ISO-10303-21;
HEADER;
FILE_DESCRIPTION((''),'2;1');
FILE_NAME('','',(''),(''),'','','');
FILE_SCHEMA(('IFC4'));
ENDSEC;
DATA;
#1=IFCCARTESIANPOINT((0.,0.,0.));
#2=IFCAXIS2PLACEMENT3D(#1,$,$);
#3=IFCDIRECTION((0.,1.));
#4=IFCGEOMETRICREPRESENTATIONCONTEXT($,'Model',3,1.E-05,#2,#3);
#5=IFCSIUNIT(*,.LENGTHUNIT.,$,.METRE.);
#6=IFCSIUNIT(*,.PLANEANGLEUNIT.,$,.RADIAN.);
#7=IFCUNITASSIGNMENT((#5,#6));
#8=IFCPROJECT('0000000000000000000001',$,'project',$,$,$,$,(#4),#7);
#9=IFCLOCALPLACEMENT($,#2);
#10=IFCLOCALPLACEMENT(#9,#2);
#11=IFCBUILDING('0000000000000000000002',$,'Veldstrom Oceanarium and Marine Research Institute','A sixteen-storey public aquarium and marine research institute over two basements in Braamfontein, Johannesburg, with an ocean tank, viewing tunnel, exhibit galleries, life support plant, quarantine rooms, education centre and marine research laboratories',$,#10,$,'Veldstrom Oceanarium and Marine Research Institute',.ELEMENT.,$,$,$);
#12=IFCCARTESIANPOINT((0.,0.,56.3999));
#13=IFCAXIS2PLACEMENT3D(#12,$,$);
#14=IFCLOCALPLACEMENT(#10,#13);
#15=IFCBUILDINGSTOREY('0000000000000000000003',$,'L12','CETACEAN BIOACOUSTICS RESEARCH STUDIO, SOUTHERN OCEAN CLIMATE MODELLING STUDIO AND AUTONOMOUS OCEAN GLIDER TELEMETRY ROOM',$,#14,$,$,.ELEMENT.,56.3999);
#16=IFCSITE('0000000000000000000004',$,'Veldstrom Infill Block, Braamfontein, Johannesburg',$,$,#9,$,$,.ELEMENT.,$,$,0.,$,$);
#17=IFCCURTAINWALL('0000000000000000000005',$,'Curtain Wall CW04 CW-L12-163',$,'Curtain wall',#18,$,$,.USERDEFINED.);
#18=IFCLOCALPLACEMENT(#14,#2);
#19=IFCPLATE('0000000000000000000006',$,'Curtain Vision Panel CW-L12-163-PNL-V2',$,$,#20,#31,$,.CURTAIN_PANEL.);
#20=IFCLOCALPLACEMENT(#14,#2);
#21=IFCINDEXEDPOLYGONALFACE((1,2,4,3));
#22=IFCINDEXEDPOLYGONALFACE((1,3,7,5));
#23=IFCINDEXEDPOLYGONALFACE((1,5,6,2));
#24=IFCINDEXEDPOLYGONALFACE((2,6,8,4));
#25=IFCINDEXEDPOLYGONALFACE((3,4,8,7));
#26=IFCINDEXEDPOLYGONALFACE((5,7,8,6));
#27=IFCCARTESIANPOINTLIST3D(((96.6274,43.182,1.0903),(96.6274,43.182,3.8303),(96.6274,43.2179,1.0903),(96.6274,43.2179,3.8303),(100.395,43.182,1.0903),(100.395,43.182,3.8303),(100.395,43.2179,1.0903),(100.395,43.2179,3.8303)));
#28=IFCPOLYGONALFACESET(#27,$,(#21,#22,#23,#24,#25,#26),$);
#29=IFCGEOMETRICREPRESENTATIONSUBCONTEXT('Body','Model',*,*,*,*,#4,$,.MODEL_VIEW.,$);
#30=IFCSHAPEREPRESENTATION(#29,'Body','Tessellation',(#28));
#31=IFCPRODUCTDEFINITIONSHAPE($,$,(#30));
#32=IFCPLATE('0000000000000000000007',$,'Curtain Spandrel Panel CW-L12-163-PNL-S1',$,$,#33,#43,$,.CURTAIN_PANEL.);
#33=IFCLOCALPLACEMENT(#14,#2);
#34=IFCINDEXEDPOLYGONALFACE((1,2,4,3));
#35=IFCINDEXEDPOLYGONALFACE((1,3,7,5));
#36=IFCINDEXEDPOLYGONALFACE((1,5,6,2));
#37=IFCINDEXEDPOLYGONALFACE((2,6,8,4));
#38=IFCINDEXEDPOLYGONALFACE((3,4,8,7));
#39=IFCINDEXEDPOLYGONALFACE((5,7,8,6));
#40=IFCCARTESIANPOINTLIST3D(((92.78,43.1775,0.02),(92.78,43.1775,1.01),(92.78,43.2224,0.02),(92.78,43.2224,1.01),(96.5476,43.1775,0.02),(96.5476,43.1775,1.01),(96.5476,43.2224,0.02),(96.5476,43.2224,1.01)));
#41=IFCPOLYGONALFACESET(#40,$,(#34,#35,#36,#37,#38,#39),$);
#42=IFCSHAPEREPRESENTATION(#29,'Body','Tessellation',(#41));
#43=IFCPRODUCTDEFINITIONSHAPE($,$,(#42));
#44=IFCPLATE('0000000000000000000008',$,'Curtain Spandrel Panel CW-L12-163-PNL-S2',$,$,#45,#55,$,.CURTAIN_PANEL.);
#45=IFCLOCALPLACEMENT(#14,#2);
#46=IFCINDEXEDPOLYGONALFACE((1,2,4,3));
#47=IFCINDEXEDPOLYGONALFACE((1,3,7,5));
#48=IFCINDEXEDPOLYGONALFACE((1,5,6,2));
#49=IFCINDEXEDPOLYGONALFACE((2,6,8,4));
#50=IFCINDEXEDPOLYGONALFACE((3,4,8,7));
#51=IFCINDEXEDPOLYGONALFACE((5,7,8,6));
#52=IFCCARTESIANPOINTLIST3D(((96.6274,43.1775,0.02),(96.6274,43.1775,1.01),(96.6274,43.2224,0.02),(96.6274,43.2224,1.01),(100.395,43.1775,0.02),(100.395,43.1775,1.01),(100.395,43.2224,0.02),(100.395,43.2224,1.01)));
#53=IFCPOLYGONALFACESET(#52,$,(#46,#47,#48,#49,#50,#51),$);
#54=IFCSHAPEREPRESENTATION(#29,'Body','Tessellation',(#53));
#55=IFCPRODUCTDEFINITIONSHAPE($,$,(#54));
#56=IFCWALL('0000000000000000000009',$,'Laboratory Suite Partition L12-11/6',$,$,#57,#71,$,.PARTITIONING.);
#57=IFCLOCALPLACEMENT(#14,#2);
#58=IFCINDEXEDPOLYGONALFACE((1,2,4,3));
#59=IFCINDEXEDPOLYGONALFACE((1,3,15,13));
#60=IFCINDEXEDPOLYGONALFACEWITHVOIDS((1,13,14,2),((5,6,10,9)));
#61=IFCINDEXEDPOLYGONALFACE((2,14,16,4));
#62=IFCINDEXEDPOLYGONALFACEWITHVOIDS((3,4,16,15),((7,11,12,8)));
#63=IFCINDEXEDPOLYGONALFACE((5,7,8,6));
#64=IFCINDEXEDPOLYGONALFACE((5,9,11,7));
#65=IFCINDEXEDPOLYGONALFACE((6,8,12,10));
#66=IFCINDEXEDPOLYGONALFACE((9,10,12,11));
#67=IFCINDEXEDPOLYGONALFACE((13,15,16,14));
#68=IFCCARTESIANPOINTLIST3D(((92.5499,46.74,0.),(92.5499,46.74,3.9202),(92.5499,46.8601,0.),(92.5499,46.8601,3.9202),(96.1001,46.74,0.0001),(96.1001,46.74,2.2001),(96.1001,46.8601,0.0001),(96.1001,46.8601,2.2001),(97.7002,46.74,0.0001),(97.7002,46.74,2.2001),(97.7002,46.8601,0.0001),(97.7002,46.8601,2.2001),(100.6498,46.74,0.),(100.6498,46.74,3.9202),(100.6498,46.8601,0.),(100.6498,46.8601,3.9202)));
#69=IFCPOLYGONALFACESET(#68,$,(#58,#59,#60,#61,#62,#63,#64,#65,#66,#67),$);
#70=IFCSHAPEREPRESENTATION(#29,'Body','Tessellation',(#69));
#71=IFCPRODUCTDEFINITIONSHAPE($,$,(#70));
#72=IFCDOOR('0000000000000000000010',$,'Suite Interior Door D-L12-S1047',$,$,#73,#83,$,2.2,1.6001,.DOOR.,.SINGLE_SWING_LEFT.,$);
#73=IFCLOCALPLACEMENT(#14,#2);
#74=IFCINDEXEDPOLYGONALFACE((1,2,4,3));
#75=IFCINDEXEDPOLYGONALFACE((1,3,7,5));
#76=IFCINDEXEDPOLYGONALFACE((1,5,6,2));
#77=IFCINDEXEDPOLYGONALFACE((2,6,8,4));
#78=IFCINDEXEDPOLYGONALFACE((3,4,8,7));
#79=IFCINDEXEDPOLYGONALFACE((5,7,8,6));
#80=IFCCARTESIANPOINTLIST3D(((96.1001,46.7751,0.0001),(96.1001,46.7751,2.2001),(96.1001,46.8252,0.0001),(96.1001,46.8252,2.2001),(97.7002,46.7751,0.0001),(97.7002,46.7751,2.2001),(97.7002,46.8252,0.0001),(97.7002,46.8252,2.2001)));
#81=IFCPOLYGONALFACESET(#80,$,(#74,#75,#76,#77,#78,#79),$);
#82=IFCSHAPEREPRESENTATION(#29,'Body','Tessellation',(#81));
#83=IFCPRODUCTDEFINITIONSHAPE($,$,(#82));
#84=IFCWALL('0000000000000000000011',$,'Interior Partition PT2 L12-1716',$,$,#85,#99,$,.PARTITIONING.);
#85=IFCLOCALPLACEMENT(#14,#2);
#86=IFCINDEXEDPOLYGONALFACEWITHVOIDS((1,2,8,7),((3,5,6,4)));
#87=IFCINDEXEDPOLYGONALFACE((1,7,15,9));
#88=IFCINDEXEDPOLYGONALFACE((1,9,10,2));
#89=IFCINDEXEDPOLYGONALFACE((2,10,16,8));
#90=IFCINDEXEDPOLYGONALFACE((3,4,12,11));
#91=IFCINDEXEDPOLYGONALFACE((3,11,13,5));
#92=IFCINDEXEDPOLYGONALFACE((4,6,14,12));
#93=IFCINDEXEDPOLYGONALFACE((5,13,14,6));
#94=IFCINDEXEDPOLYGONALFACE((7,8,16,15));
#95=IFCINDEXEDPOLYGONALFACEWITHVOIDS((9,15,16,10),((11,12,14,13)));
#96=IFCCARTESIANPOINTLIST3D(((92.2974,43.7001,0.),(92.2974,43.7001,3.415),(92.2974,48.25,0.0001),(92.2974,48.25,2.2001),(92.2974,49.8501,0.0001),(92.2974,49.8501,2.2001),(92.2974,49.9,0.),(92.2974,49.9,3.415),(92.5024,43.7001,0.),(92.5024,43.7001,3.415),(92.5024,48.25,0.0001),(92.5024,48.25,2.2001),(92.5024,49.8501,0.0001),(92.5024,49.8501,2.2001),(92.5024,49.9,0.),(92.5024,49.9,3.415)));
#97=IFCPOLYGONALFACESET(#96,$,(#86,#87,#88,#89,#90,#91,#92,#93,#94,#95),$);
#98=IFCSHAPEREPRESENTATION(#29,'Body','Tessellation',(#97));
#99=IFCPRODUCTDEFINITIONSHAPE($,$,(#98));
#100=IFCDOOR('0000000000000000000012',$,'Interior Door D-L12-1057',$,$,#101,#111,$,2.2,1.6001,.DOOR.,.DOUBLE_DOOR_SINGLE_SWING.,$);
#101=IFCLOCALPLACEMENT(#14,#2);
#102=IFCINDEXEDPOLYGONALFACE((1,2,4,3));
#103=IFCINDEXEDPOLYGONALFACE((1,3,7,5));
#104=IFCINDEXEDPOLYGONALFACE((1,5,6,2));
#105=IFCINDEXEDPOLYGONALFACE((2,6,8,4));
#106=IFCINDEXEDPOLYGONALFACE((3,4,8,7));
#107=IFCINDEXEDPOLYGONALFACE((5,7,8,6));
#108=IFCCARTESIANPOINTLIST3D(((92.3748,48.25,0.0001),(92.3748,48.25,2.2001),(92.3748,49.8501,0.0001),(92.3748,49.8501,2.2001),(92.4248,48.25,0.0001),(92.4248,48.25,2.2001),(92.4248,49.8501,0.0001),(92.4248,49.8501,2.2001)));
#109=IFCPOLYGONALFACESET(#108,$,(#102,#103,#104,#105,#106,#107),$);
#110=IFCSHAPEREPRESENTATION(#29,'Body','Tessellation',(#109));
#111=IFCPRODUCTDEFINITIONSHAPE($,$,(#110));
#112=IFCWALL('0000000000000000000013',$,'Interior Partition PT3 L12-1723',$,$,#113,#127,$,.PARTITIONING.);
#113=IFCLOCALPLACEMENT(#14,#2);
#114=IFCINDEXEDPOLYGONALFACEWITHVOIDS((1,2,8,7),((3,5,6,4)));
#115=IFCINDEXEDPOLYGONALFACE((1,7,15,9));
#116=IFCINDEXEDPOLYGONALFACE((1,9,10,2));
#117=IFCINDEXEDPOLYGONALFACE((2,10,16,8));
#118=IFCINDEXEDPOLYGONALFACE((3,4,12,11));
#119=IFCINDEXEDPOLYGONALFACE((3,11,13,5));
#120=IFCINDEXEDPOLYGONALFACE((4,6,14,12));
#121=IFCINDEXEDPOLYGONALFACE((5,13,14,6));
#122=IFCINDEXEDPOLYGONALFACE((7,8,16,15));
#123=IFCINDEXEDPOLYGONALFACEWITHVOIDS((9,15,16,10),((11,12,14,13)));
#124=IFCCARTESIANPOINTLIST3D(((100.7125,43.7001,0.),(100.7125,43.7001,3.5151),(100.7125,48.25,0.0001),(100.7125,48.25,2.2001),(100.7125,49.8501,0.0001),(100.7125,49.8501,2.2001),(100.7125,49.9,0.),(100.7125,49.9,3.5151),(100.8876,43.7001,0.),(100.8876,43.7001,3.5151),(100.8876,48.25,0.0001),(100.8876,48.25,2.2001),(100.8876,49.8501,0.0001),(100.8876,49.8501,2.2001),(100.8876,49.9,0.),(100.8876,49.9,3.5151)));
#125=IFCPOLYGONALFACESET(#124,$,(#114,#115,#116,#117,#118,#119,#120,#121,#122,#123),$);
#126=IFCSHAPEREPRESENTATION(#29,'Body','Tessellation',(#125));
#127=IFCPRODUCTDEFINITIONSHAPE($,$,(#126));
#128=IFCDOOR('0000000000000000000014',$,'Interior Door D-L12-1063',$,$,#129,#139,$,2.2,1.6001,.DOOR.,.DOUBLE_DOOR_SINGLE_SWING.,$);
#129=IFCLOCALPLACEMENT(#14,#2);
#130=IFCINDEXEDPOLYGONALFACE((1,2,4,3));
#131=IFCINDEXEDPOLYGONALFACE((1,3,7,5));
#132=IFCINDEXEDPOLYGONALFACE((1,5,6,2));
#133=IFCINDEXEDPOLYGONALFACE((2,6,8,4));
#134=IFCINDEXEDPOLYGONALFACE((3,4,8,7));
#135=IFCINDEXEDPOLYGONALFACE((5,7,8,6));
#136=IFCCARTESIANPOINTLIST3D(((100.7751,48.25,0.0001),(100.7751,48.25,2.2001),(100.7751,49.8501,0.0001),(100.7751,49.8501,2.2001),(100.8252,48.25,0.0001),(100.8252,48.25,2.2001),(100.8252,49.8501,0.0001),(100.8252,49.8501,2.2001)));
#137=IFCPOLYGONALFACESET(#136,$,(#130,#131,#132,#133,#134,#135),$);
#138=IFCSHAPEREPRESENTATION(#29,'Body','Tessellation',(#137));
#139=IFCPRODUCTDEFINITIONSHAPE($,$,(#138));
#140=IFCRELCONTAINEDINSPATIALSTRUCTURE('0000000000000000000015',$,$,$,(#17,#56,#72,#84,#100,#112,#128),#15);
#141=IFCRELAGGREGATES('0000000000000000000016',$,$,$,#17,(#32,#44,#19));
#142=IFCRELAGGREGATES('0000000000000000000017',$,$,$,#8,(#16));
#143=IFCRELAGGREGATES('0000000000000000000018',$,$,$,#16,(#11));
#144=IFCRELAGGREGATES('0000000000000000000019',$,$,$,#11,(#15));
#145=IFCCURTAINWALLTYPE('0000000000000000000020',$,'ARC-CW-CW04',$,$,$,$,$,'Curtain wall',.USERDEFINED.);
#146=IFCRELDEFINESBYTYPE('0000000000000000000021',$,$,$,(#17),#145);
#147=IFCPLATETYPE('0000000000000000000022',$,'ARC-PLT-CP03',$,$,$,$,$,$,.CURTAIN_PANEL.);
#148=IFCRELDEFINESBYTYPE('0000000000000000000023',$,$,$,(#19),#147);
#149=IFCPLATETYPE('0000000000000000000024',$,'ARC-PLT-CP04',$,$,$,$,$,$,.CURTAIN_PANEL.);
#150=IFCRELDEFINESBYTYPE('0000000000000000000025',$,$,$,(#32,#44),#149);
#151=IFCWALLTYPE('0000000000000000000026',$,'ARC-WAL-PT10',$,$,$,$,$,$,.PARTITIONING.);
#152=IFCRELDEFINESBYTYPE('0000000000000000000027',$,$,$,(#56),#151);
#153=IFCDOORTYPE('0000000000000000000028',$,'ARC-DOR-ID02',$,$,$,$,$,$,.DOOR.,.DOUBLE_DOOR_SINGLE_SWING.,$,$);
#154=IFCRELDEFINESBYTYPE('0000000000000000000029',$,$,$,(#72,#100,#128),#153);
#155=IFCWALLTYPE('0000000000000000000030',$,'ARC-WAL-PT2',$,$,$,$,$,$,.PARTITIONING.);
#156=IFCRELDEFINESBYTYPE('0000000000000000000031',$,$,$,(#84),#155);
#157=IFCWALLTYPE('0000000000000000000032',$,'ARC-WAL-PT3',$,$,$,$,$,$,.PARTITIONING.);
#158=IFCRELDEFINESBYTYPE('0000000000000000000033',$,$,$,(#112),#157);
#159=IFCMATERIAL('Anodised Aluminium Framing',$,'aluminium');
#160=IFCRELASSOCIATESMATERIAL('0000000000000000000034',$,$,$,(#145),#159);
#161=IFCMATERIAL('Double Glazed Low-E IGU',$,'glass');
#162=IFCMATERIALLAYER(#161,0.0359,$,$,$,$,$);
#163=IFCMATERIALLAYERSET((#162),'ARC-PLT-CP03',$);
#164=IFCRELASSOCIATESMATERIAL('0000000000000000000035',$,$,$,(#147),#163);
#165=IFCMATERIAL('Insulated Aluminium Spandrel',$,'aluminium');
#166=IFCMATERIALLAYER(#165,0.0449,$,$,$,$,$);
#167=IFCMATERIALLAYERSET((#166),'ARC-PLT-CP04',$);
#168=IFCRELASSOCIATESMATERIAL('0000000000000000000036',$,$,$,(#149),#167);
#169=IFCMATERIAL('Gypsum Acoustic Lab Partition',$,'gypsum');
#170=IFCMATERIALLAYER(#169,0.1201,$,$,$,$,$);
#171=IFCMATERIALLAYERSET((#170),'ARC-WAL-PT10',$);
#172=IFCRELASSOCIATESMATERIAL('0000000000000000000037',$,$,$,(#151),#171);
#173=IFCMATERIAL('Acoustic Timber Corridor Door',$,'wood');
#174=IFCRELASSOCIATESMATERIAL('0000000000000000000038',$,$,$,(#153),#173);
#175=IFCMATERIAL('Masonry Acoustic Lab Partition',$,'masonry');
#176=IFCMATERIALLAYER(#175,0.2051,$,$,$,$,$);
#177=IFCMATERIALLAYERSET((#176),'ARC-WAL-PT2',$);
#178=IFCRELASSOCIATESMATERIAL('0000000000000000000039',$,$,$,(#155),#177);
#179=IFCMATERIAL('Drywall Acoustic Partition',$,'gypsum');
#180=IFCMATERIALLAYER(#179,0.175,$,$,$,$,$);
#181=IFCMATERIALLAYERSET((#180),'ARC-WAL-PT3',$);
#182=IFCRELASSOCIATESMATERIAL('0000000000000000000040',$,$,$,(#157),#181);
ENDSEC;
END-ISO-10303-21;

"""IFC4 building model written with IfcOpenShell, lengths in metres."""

from ifc_helpers import new_model, si_unit, direction, frame, frame_2d, origin, origin_2d, place, context, subcontext, project, spatial, rectangle, extrude, material, layer, layer_set, type_object, element, fill, aggregate, save


model = new_model("IFC4")

# Units and contexts
model_context = context("Model", 3, precision=1e-05, world=origin(), true_north=direction((0.0, 1.0)))
body_context = subcontext(model_context, "Body", "Model", "MODEL_VIEW")
ifc_project = project(units=[si_unit("LENGTHUNIT", "METRE"), si_unit("PLANEANGLEUNIT", "RADIAN")], contexts=[model_context])

# Site, building, storey
site_placement = place(None, origin())
site = spatial("IfcSite", under=ifc_project, at=site_placement, Name="Veldstrom Infill Block, Braamfontein, Johannesburg", CompositionType="ELEMENT", RefElevation=0.0)
building_placement = place(site_placement, origin())
building = spatial("IfcBuilding", under=site, at=building_placement, Name="Veldstrom Oceanarium and Marine Research Institute", Description="A sixteen-storey public aquarium and marine research institute over two basements in Braamfontein, Johannesburg, with an ocean tank, viewing tunnel, exhibit galleries, life support plant, quarantine rooms, education centre and marine research laboratories", LongName="Veldstrom Oceanarium and Marine Research Institute", CompositionType="ELEMENT")
storey_placement = place(building_placement, frame((0.0, 0.0, 56.3999)))
storey = spatial("IfcBuildingStorey", under=building, at=storey_placement, Name="L12", Description="CETACEAN BIOACOUSTICS RESEARCH STUDIO, SOUTHERN OCEAN CLIMATE MODELLING STUDIO AND AUTONOMOUS OCEAN GLIDER TELEMETRY ROOM", CompositionType="ELEMENT", Elevation=56.3999)

# Curtain wall
ifc_material_1 = material(Name="Anodised Aluminium Framing", Category="aluminium")
curtain_wall_type = type_object("IfcCurtainWallType", Name="ARC-CW-CW04", ElementType="Curtain wall", PredefinedType="USERDEFINED", material=ifc_material_1)
curtain_wall_1_placement = place(storey_placement, origin())
curtain_wall_1 = element("IfcCurtainWall", 1, at=curtain_wall_1_placement, inside=storey, type_object=curtain_wall_type, Name="Curtain Wall CW04 CW-L12-163", ObjectType="Curtain wall", PredefinedType="USERDEFINED")

# Plates
ifc_material_2 = material(Name="Double Glazed Low-E IGU", Category="glass")
ifc_layer_1 = layer(ifc_material_2, 0.0359)
ifc_layer_set_1 = layer_set([ifc_layer_1], Name="ARC-PLT-CP03")
plate_type_1 = type_object("IfcPlateType", Name="ARC-PLT-CP03", PredefinedType="CURTAIN_PANEL", material=ifc_layer_set_1)
plate_1_placement = place(storey_placement, frame((98.5112, 43.2, 1.0903), z_axis=(0.0, 0.0, 1.0), x_axis=(1.0, 0.0, 0.0)))
plate_1 = element("IfcPlate", 2, at=plate_1_placement, type_object=plate_type_1, Name="Curtain Vision Panel CW-L12-163-PNL-V2", PredefinedType="CURTAIN_PANEL", context=body_context, shape_type="SweptSolid", body=[
    extrude(rectangle(XDim=3.7676, YDim=0.0359, at=origin_2d()), origin(), (0.0, 0.0, 1.0), 2.74),
])
ifc_material_3 = material(Name="Insulated Aluminium Spandrel", Category="aluminium")
ifc_layer_2 = layer(ifc_material_3, 0.0449)
ifc_layer_set_2 = layer_set([ifc_layer_2], Name="ARC-PLT-CP04")
plate_type_2 = type_object("IfcPlateType", Name="ARC-PLT-CP04", PredefinedType="CURTAIN_PANEL", material=ifc_layer_set_2)
plate_2_placement = place(storey_placement, frame((94.6638, 43.2, 0.02), z_axis=(0.0, 0.0, 1.0), x_axis=(1.0, 0.0, 0.0)))
plate_2 = element("IfcPlate", 3, at=plate_2_placement, type_object=plate_type_2, Name="Curtain Spandrel Panel CW-L12-163-PNL-S1", PredefinedType="CURTAIN_PANEL", context=body_context, shape_type="SweptSolid", body=[
    extrude(rectangle(XDim=3.7676, YDim=0.0449, at=origin_2d()), origin(), (0.0, 0.0, 1.0), 0.99),
])
plate_3_placement = place(storey_placement, frame((98.5112, 43.2, 0.02), z_axis=(0.0, 0.0, 1.0), x_axis=(1.0, 0.0, 0.0)))
plate_3 = element("IfcPlate", 4, at=plate_3_placement, type_object=plate_type_2, Name="Curtain Spandrel Panel CW-L12-163-PNL-S2", PredefinedType="CURTAIN_PANEL", context=body_context, shape_type="SweptSolid", body=[
    extrude(rectangle(XDim=3.7676, YDim=0.0449, at=origin_2d()), origin(), (0.0, 0.0, 1.0), 0.99),
])
aggregate(curtain_wall_1, [plate_2, plate_3, plate_1])

# Walls, openings, doors
ifc_material_4 = material(Name="Gypsum Acoustic Lab Partition", Category="gypsum")
ifc_layer_3 = layer(ifc_material_4, 0.1201)
ifc_layer_set_3 = layer_set([ifc_layer_3], Name="ARC-WAL-PT10")
wall_type_1 = type_object("IfcWallType", Name="ARC-WAL-PT10", PredefinedType="PARTITIONING", material=ifc_layer_set_3)
wall_1_placement = place(storey_placement, frame((92.55, 46.8, 0.0), z_axis=(0.0, 0.0, 1.0), x_axis=(1.0, 0.0, 0.0)))
wall_1 = element("IfcWall", 5, at=wall_1_placement, inside=storey, type_object=wall_type_1, Name="Laboratory Suite Partition L12-11/6", PredefinedType="PARTITIONING", context=body_context, shape_type="SweptSolid", body=[
    extrude(rectangle(XDim=8.0999, YDim=0.1201, at=frame_2d((4.0498, 0.0))), origin(), (0.0, 0.0, 1.0), 3.9202),
])
opening_1_placement = place(wall_1_placement, frame((3.55, 0.0, 0.0)))
opening_1 = element("IfcOpeningElement", 6, at=opening_1_placement, cuts=wall_1, PredefinedType="OPENING", context=body_context, shape_type="SweptSolid", body=[
    extrude(rectangle(XDim=1.6001, YDim=2.2, at=frame_2d((0.8, 1.1001))), frame((0.0, 0.0701, 0.0), z_axis=(0.0, -1.0, 0.0), x_axis=(1.0, 0.0, 0.0)), (0.0, 0.0, 1.0), 0.1401),
])
ifc_material_5 = material(Name="Acoustic Timber Corridor Door", Category="wood")
door_type = type_object("IfcDoorType", Name="ARC-DOR-ID02", OperationType="DOUBLE_DOOR_SINGLE_SWING", PredefinedType="DOOR", material=ifc_material_5)
door_1_placement = place(opening_1_placement, frame((1.6001, 0.0, 0.0), z_axis=(0.0, 0.0, 1.0), x_axis=(-1.0, 0.0, 0.0)))
door_1 = element("IfcDoor", 7, at=door_1_placement, inside=storey, type_object=door_type, Name="Suite Interior Door D-L12-S1047", OperationType="SINGLE_SWING_LEFT", OverallHeight=2.2, OverallWidth=1.6001, PredefinedType="DOOR", context=body_context, shape_type="SweptSolid", body=[
    extrude(rectangle(XDim=1.6001, YDim=2.2, at=frame_2d((0.8, 1.1001))), frame((0.0, 0.0249, 0.0), z_axis=(0.0, -1.0, 0.0), x_axis=(1.0, 0.0, 0.0)), (0.0, 0.0, 1.0), 0.05),
])
fill(opening_1, door_1)
ifc_material_6 = material(Name="Masonry Acoustic Lab Partition", Category="masonry")
ifc_layer_4 = layer(ifc_material_6, 0.2051)
ifc_layer_set_4 = layer_set([ifc_layer_4], Name="ARC-WAL-PT2")
wall_type_2 = type_object("IfcWallType", Name="ARC-WAL-PT2", PredefinedType="PARTITIONING", material=ifc_layer_set_4)
wall_2_placement = place(storey_placement, frame((92.3999, 43.7, 0.0), z_axis=(0.0, 0.0, 1.0), x_axis=(0.0, 1.0, 0.0)))
wall_2 = element("IfcWall", 8, at=wall_2_placement, inside=storey, type_object=wall_type_2, Name="Interior Partition PT2 L12-1716", PredefinedType="PARTITIONING", context=body_context, shape_type="SweptSolid", body=[
    extrude(rectangle(XDim=6.2, YDim=0.2051, at=frame_2d((3.1001, 0.0))), origin(), (0.0, 0.0, 1.0), 3.415),
])
opening_2_placement = place(wall_2_placement, frame((4.55, 0.0, 0.0)))
opening_2 = element("IfcOpeningElement", 9, at=opening_2_placement, cuts=wall_2, PredefinedType="OPENING", context=body_context, shape_type="SweptSolid", body=[
    extrude(rectangle(XDim=1.6001, YDim=2.2, at=frame_2d((0.8, 1.1001))), frame((0.0, 0.1125, 0.0), z_axis=(0.0, -1.0, 0.0), x_axis=(1.0, 0.0, 0.0)), (0.0, 0.0, 1.0), 0.2251),
])
door_2_placement = place(opening_2_placement, frame((1.6001, 0.0, 0.0), z_axis=(0.0, 0.0, 1.0), x_axis=(-1.0, 0.0, 0.0)))
door_2 = element("IfcDoor", 10, at=door_2_placement, inside=storey, type_object=door_type, Name="Interior Door D-L12-1057", OperationType="DOUBLE_DOOR_SINGLE_SWING", OverallHeight=2.2, OverallWidth=1.6001, PredefinedType="DOOR", context=body_context, shape_type="SweptSolid", body=[
    extrude(rectangle(XDim=1.6001, YDim=2.2, at=frame_2d((0.8, 1.1001))), frame((0.0, 0.0249, 0.0), z_axis=(0.0, -1.0, 0.0), x_axis=(1.0, 0.0, 0.0)), (0.0, 0.0, 1.0), 0.05),
])
fill(opening_2, door_2)
ifc_material_7 = material(Name="Drywall Acoustic Partition", Category="gypsum")
ifc_layer_5 = layer(ifc_material_7, 0.175)
ifc_layer_set_5 = layer_set([ifc_layer_5], Name="ARC-WAL-PT3")
wall_type_3 = type_object("IfcWallType", Name="ARC-WAL-PT3", PredefinedType="PARTITIONING", material=ifc_layer_set_5)
wall_3_placement = place(storey_placement, frame((100.8, 43.7, 0.0), z_axis=(0.0, 0.0, 1.0), x_axis=(0.0, 1.0, 0.0)))
wall_3 = element("IfcWall", 11, at=wall_3_placement, inside=storey, type_object=wall_type_3, Name="Interior Partition PT3 L12-1723", PredefinedType="PARTITIONING", context=body_context, shape_type="SweptSolid", body=[
    extrude(rectangle(XDim=6.2, YDim=0.175, at=frame_2d((3.1001, 0.0))), origin(), (0.0, 0.0, 1.0), 3.5151),
])
opening_3_placement = place(wall_3_placement, frame((4.55, 0.0, 0.0)))
opening_3 = element("IfcOpeningElement", 12, at=opening_3_placement, cuts=wall_3, PredefinedType="OPENING", context=body_context, shape_type="SweptSolid", body=[
    extrude(rectangle(XDim=1.6001, YDim=2.2, at=frame_2d((0.8, 1.1001))), frame((0.0, 0.0974, 0.0), z_axis=(0.0, -1.0, 0.0), x_axis=(1.0, 0.0, 0.0)), (0.0, 0.0, 1.0), 0.1951),
])
door_3_placement = place(opening_3_placement, origin())
door_3 = element("IfcDoor", 13, at=door_3_placement, inside=storey, type_object=door_type, Name="Interior Door D-L12-1063", OperationType="DOUBLE_DOOR_SINGLE_SWING", OverallHeight=2.2, OverallWidth=1.6001, PredefinedType="DOOR", context=body_context, shape_type="SweptSolid", body=[
    extrude(rectangle(XDim=1.6001, YDim=2.2, at=frame_2d((0.8, 1.1001))), frame((0.0, 0.0249, 0.0), z_axis=(0.0, -1.0, 0.0), x_axis=(1.0, 0.0, 0.0)), (0.0, 0.0, 1.0), 0.05),
])
fill(opening_3, door_3)

save(model, "model.ifc")
